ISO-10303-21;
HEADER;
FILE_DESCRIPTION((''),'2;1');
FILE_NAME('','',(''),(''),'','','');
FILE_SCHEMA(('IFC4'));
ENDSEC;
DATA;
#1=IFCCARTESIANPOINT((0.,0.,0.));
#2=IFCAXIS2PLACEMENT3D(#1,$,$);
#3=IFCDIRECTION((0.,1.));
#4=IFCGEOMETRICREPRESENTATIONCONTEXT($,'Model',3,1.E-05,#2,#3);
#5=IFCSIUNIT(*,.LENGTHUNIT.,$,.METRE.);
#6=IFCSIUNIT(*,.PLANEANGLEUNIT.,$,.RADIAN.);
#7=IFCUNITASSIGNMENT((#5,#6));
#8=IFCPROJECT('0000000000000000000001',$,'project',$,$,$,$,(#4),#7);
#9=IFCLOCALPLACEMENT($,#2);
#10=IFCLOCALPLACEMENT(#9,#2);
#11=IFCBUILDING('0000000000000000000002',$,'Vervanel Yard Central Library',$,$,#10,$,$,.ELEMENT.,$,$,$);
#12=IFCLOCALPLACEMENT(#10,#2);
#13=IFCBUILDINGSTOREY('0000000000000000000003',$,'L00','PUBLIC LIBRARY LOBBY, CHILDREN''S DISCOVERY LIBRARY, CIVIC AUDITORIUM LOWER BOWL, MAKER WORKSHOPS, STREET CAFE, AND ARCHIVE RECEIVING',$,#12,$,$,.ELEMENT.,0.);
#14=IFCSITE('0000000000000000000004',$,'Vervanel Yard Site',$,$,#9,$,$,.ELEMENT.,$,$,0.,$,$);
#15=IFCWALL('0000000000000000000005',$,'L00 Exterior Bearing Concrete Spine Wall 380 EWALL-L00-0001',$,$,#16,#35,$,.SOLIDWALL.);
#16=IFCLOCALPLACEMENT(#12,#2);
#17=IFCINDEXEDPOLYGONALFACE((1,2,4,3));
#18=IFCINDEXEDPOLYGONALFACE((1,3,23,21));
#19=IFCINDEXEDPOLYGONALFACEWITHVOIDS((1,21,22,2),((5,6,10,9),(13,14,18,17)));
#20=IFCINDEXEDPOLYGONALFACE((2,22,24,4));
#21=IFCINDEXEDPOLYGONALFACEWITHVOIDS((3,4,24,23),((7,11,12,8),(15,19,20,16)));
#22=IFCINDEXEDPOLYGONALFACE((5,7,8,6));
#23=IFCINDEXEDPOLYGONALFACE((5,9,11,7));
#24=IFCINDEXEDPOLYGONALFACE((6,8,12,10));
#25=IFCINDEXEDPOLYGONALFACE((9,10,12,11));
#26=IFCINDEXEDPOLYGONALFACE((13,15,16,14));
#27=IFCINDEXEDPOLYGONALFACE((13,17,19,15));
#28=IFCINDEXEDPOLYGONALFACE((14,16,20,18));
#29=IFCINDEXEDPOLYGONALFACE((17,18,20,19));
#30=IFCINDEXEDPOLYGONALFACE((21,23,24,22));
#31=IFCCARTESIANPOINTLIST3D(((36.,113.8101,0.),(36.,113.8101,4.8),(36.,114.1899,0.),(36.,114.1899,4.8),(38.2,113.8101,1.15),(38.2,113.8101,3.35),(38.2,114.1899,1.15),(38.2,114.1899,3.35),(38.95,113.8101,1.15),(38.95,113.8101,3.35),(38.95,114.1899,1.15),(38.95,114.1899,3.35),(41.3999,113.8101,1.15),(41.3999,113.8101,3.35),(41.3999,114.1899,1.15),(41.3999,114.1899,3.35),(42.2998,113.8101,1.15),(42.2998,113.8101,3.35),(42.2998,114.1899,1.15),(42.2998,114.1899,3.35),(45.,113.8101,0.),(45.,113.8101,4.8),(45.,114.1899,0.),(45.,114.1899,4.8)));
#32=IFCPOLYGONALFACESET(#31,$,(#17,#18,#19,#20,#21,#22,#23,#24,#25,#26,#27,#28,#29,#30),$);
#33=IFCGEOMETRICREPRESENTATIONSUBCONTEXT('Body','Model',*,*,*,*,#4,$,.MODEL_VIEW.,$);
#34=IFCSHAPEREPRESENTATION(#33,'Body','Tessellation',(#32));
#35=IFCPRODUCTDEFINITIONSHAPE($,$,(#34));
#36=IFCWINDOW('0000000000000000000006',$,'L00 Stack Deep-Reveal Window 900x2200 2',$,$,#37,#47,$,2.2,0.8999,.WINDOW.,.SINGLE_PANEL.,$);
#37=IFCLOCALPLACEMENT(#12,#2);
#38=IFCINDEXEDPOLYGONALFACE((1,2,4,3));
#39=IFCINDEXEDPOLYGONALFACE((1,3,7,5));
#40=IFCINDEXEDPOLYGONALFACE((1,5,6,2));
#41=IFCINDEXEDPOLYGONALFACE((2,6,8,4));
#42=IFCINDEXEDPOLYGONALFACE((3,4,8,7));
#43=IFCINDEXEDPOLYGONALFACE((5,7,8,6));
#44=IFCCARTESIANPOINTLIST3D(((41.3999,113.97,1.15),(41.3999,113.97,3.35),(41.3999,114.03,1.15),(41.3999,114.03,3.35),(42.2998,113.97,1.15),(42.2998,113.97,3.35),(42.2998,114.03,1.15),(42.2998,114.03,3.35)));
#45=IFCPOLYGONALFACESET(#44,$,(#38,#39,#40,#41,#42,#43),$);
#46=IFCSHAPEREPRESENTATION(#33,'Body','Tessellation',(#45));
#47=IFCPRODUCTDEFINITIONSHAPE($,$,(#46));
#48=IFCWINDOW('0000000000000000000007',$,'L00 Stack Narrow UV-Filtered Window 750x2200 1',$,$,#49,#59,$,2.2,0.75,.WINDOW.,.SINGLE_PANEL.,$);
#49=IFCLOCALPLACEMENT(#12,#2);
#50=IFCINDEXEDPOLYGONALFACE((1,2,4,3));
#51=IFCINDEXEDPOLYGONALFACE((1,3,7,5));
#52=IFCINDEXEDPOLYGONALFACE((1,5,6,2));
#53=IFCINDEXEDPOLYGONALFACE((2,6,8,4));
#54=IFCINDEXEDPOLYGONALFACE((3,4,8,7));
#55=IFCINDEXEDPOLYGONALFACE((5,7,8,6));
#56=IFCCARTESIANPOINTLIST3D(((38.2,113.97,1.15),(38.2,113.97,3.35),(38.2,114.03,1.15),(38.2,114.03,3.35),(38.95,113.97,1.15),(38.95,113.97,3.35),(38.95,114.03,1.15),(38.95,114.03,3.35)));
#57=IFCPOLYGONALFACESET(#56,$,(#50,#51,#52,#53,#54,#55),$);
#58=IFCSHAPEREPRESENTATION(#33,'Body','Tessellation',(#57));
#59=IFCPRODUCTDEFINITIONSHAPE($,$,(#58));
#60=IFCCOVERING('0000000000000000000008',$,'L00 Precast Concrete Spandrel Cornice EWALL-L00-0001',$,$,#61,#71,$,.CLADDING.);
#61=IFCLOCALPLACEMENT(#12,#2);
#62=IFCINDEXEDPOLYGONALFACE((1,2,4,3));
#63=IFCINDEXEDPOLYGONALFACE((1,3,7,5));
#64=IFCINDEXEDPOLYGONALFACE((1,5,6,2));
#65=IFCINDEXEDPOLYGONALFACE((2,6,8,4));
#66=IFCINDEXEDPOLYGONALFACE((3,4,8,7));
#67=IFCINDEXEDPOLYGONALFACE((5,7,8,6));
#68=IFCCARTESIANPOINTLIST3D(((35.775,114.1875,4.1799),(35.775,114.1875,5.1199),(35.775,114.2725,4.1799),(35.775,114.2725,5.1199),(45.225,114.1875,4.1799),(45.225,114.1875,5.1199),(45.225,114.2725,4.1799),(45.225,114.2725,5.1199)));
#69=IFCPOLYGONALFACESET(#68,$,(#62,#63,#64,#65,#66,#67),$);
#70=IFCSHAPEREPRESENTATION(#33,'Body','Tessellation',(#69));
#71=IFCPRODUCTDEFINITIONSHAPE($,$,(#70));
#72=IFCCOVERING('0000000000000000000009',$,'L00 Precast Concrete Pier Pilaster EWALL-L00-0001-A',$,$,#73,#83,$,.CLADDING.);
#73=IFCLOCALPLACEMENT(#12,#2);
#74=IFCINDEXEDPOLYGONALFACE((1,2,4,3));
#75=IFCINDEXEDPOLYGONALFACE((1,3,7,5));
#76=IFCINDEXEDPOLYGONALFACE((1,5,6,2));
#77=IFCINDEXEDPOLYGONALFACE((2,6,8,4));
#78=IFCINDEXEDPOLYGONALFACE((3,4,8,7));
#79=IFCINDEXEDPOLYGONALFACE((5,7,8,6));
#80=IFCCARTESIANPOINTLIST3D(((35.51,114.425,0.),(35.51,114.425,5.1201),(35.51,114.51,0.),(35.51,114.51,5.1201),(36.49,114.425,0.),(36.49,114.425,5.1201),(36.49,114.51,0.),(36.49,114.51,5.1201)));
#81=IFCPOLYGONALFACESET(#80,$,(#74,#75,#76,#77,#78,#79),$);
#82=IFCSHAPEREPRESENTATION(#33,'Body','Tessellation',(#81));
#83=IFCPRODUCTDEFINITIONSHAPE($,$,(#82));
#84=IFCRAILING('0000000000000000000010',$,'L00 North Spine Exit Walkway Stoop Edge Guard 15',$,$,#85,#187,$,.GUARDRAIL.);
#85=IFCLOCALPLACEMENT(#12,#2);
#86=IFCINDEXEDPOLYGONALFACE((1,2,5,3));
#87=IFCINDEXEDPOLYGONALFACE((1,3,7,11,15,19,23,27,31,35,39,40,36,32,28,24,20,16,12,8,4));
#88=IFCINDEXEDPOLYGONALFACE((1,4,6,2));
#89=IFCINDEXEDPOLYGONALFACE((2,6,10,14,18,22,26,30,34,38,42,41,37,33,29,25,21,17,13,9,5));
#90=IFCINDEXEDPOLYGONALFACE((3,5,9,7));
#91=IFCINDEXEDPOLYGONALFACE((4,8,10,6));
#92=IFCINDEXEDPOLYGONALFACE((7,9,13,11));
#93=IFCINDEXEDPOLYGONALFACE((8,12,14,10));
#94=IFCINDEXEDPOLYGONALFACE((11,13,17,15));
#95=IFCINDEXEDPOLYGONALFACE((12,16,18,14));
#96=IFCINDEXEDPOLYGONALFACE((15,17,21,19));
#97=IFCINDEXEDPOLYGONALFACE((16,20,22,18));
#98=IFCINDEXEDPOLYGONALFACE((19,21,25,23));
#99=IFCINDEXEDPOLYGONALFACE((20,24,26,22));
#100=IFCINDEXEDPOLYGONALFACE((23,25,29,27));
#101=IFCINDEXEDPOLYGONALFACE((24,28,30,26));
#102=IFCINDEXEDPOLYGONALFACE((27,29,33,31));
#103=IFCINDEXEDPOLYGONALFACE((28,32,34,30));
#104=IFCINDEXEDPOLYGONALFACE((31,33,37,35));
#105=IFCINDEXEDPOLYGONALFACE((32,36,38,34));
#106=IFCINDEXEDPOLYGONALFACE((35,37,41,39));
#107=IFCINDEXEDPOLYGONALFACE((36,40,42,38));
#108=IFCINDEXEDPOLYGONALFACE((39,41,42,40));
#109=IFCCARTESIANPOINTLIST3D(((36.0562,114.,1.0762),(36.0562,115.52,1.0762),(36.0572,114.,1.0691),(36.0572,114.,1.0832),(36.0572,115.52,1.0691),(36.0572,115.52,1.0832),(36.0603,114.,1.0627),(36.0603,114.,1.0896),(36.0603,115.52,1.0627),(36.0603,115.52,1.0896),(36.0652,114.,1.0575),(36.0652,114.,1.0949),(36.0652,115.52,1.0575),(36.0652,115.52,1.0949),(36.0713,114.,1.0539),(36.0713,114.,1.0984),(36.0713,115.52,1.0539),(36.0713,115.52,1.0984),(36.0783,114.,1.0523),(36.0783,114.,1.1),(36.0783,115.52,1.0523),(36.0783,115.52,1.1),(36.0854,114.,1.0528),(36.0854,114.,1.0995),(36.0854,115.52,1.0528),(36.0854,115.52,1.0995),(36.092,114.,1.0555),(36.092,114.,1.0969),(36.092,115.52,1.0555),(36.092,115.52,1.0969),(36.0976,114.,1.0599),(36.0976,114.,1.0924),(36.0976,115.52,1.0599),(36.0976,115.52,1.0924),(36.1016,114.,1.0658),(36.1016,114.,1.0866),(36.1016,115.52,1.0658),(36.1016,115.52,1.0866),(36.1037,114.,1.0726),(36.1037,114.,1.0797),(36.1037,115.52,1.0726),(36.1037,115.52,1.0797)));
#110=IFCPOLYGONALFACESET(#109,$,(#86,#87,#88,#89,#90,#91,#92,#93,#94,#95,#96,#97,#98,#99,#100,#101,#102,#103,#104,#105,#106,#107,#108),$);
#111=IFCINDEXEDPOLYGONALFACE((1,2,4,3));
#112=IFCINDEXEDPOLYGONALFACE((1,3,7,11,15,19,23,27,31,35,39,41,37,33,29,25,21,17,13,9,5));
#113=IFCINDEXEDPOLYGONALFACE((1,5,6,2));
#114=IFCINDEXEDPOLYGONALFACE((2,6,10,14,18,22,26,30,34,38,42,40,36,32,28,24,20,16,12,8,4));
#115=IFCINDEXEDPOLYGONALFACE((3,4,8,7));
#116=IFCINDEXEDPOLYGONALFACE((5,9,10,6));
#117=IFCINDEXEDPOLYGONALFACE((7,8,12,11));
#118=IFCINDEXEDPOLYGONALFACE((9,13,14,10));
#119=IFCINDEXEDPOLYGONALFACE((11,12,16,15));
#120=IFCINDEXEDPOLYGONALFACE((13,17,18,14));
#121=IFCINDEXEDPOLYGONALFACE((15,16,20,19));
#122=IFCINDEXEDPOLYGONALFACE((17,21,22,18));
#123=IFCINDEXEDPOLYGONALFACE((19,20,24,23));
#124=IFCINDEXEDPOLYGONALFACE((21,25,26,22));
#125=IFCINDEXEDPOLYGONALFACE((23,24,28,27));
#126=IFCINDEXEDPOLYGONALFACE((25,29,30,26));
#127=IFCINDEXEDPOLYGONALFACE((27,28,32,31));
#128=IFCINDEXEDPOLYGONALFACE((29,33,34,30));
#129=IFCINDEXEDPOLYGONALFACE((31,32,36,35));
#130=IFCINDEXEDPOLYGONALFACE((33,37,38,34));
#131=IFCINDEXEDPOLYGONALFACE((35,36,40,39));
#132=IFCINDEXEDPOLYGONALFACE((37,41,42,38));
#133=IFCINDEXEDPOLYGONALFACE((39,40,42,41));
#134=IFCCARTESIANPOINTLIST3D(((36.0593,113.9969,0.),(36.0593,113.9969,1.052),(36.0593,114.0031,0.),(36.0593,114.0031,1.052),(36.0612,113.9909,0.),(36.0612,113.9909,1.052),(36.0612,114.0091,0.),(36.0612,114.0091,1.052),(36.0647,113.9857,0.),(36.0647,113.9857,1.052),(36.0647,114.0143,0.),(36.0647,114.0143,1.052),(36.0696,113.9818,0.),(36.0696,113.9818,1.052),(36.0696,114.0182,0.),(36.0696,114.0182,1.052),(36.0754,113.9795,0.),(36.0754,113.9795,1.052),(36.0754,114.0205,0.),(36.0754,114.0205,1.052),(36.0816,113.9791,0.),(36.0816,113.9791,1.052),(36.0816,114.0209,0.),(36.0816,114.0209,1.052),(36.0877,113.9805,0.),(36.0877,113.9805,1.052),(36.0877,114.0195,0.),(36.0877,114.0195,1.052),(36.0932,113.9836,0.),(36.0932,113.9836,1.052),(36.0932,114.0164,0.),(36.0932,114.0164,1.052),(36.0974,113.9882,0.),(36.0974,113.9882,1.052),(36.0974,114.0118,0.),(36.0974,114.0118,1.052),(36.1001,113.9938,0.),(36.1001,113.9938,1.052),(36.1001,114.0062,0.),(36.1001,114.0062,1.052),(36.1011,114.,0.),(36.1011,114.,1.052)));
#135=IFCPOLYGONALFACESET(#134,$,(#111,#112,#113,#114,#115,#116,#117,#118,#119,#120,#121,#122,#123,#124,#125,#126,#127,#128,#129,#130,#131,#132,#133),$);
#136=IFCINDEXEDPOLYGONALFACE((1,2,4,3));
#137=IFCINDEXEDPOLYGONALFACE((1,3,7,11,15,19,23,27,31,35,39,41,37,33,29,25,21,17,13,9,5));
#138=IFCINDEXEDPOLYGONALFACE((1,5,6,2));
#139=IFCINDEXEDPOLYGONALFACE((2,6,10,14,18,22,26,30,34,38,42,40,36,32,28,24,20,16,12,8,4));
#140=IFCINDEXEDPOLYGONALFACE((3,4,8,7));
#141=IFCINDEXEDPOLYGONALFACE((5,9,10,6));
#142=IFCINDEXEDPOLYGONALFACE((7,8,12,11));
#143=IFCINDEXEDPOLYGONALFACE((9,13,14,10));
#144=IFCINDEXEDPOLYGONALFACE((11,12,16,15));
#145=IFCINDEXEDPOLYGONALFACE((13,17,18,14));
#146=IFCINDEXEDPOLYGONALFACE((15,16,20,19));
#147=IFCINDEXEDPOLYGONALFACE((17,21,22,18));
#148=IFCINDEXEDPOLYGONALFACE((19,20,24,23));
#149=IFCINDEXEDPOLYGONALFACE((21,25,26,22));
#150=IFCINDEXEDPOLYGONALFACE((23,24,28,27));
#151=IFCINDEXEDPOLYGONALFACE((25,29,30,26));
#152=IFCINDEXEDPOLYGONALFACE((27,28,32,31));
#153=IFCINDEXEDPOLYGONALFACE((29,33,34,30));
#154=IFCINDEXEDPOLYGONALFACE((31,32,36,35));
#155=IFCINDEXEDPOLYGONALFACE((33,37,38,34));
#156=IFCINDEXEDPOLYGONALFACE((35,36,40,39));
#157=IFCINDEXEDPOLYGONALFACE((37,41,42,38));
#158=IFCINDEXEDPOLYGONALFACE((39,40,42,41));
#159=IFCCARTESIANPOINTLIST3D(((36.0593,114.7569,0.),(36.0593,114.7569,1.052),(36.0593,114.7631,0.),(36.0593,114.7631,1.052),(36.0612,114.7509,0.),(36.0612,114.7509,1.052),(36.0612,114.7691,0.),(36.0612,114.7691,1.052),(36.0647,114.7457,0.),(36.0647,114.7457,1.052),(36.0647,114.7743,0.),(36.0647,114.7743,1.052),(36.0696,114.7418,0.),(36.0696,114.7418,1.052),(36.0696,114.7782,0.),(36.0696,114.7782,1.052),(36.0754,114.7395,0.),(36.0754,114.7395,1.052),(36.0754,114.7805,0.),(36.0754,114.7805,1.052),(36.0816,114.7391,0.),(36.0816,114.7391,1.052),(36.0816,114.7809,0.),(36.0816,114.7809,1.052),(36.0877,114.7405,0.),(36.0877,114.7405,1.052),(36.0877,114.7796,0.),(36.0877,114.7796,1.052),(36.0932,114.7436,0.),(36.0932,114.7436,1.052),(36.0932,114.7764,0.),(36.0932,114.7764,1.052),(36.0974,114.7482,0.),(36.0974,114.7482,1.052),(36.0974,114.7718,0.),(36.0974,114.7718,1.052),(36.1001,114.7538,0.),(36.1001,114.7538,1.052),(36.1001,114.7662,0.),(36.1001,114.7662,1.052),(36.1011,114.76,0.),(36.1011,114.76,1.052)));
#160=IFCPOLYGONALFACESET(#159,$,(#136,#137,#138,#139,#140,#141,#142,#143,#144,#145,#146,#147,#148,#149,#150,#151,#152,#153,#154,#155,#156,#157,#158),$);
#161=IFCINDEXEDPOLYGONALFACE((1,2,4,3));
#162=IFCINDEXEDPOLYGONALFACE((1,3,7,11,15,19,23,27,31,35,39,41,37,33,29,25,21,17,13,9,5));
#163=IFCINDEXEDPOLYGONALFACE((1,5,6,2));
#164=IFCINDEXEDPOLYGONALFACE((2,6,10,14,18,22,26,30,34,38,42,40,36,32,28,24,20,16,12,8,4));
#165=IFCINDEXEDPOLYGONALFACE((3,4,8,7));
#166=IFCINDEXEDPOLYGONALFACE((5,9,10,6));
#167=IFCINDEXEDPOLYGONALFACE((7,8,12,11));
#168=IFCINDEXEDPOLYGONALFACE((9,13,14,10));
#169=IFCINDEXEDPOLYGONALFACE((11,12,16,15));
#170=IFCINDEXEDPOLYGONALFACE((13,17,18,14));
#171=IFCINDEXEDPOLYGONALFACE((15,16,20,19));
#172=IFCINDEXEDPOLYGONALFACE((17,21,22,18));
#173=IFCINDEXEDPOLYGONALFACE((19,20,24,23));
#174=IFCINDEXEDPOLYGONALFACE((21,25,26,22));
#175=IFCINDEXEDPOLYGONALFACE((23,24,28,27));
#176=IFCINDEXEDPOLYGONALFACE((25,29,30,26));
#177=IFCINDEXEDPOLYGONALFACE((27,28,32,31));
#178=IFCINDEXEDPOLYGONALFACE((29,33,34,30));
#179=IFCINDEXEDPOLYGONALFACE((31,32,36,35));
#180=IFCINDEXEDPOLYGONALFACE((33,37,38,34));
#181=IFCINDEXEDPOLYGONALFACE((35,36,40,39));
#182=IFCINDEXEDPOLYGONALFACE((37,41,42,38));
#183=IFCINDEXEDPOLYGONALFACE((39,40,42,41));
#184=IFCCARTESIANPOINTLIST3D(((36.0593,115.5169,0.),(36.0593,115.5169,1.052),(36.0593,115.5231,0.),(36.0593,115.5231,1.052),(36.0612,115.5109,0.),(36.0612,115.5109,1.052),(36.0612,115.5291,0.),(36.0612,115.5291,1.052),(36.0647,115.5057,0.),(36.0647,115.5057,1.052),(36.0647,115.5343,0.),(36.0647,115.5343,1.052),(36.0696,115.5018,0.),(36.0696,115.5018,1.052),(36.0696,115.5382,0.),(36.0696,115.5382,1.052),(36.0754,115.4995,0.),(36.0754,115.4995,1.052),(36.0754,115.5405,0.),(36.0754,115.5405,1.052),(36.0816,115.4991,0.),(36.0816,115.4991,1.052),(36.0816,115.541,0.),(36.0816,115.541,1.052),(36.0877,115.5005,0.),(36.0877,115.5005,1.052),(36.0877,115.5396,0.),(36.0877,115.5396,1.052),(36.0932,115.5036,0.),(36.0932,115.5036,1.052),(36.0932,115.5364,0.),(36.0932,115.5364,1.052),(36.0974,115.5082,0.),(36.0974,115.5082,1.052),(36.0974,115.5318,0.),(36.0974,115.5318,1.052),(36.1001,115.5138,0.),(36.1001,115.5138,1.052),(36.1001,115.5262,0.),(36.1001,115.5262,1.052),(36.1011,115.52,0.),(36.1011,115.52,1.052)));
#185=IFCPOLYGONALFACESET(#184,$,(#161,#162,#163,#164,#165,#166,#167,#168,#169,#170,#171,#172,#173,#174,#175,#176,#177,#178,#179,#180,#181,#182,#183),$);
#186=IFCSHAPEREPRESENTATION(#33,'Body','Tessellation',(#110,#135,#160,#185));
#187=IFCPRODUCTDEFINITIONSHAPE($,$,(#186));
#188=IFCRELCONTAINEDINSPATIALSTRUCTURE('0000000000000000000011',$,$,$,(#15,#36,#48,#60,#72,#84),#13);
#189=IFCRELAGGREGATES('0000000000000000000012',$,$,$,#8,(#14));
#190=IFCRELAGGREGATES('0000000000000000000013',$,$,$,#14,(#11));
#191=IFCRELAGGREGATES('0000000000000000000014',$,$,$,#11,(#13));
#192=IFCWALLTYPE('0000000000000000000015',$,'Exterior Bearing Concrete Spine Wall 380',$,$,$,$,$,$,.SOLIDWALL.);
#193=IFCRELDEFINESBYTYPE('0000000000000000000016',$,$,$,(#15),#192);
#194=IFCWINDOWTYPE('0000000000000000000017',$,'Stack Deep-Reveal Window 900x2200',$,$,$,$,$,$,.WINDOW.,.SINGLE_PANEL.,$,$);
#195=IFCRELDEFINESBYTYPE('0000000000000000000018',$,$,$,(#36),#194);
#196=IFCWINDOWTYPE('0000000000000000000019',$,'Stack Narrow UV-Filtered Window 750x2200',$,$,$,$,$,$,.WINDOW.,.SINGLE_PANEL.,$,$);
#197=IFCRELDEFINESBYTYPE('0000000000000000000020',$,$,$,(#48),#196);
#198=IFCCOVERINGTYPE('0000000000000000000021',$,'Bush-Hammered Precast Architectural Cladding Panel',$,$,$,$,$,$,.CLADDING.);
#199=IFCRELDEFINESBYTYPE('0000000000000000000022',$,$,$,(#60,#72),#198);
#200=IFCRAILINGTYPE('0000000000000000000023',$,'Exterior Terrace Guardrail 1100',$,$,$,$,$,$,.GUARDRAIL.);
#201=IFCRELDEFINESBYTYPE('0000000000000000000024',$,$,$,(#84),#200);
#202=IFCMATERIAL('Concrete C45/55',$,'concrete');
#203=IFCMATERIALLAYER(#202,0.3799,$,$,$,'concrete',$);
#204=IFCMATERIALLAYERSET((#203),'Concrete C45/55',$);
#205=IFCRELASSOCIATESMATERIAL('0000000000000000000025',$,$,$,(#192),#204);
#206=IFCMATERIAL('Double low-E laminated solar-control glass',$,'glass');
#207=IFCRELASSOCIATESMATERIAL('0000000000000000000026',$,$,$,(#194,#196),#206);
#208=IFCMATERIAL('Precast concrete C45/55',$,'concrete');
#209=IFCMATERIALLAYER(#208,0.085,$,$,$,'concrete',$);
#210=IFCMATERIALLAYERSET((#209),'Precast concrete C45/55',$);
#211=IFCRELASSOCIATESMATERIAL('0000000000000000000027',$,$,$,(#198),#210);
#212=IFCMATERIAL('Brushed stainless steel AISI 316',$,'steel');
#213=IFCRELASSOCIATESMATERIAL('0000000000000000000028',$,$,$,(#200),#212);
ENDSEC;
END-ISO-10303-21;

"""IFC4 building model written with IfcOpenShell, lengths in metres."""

from ifc_helpers import new_model, si_unit, direction, frame, frame_2d, origin, origin_2d, place, context, subcontext, project, spatial, rectangle, circle, extrude, material, layer, layer_set, type_object, element, fill, save


model = new_model("IFC4")

# Units and contexts
model_context = context("Model", 3, precision=1e-05, world=origin(), true_north=direction((0.0, 1.0)))
body_context = subcontext(model_context, "Body", "Model", "MODEL_VIEW")
ifc_project = project(units=[si_unit("LENGTHUNIT", "METRE"), si_unit("PLANEANGLEUNIT", "RADIAN")], contexts=[model_context])

# Site, building, storey
site_placement = place(None, origin())
site = spatial("IfcSite", under=ifc_project, at=site_placement, Name="Vervanel Yard Site", CompositionType="ELEMENT", RefElevation=0.0)
building_placement = place(site_placement, origin())
building = spatial("IfcBuilding", under=site, at=building_placement, Name="Vervanel Yard Central Library", CompositionType="ELEMENT")
storey_placement = place(building_placement, origin())
storey = spatial("IfcBuildingStorey", under=building, at=storey_placement, Name="L00", Description="PUBLIC LIBRARY LOBBY, CHILDREN'S DISCOVERY LIBRARY, CIVIC AUDITORIUM LOWER BOWL, MAKER WORKSHOPS, STREET CAFE, AND ARCHIVE RECEIVING", CompositionType="ELEMENT", Elevation=0.0)

# Shared definitions
ifc_material_1 = material(Name="Concrete C45/55", Category="concrete")

# Wall, openings, windows
ifc_layer_1 = layer(ifc_material_1, 0.3799, Category="concrete")
ifc_layer_set_1 = layer_set([ifc_layer_1], Name="Concrete C45/55")
wall_type = type_object("IfcWallType", Name="Exterior Bearing Concrete Spine Wall 380", PredefinedType="SOLIDWALL", material=ifc_layer_set_1)
wall_placement = place(storey_placement, frame((36.0, 114.0, 0.0), z_axis=(0.0, 0.0, 1.0), x_axis=(1.0, 0.0, 0.0)))
wall = element("IfcWall", 1, at=wall_placement, inside=storey, type_object=wall_type, Name="L00 Exterior Bearing Concrete Spine Wall 380 EWALL-L00-0001", PredefinedType="SOLIDWALL", context=body_context, shape_type="SweptSolid", body=[
    extrude(rectangle(XDim=9.0, YDim=0.3799, at=frame_2d((4.5, 0.0))), origin(), (0.0, 0.0, 1.0), 4.8),
])
opening_1_placement = place(wall_placement, frame((2.2, 0.0, 1.1499)))
opening_1 = element("IfcOpeningElement", 2, at=opening_1_placement, cuts=wall, PredefinedType="OPENING", context=body_context, shape_type="SweptSolid", body=[
    extrude(rectangle(XDim=0.75, YDim=2.2, at=frame_2d((0.375, 1.1001))), frame((0.0, 0.2, 0.0), z_axis=(0.0, -1.0, 0.0), x_axis=(1.0, 0.0, 0.0)), (0.0, 0.0, 1.0), 0.3999),
])
opening_2_placement = place(wall_placement, frame((5.3999, 0.0, 1.1499)))
opening_2 = element("IfcOpeningElement", 3, at=opening_2_placement, cuts=wall, PredefinedType="OPENING", context=body_context, shape_type="SweptSolid", body=[
    extrude(rectangle(XDim=0.8999, YDim=2.2, at=frame_2d((0.45, 1.1001))), frame((0.0, 0.2, 0.0), z_axis=(0.0, -1.0, 0.0), x_axis=(1.0, 0.0, 0.0)), (0.0, 0.0, 1.0), 0.3999),
])
ifc_material_2 = material(Name="Double low-E laminated solar-control glass", Category="glass")
window_type_1 = type_object("IfcWindowType", Name="Stack Deep-Reveal Window 900x2200", PartitioningType="SINGLE_PANEL", PredefinedType="WINDOW", material=ifc_material_2)
window_1_placement = place(opening_2_placement, origin())
window_1 = element("IfcWindow", 4, at=window_1_placement, inside=storey, type_object=window_type_1, Name="L00 Stack Deep-Reveal Window 900x2200 2", OverallHeight=2.2, OverallWidth=0.8999, PartitioningType="SINGLE_PANEL", PredefinedType="WINDOW", context=body_context, shape_type="SweptSolid", body=[
    extrude(rectangle(XDim=0.8999, YDim=2.2, at=frame_2d((0.45, 1.1001))), frame((0.0, 0.03, 0.0), z_axis=(0.0, -1.0, 0.0), x_axis=(1.0, 0.0, 0.0)), (0.0, 0.0, 1.0), 0.0601),
])
fill(opening_2, window_1)
window_type_2 = type_object("IfcWindowType", Name="Stack Narrow UV-Filtered Window 750x2200", PartitioningType="SINGLE_PANEL", PredefinedType="WINDOW", material=ifc_material_2)
window_2_placement = place(opening_1_placement, origin())
window_2 = element("IfcWindow", 5, at=window_2_placement, inside=storey, type_object=window_type_2, Name="L00 Stack Narrow UV-Filtered Window 750x2200 1", OverallHeight=2.2, OverallWidth=0.75, PartitioningType="SINGLE_PANEL", PredefinedType="WINDOW", context=body_context, shape_type="SweptSolid", body=[
    extrude(rectangle(XDim=0.75, YDim=2.2, at=frame_2d((0.375, 1.1001))), frame((0.0, 0.03, 0.0), z_axis=(0.0, -1.0, 0.0), x_axis=(1.0, 0.0, 0.0)), (0.0, 0.0, 1.0), 0.0601),
])
fill(opening_1, window_2)

# Coverings
ifc_material_3 = material(Name="Precast concrete C45/55", Category="concrete")
ifc_layer_2 = layer(ifc_material_3, 0.085, Category="concrete")
ifc_layer_set_2 = layer_set([ifc_layer_2], Name="Precast concrete C45/55")
covering_type = type_object("IfcCoveringType", Name="Bush-Hammered Precast Architectural Cladding Panel", PredefinedType="CLADDING", material=ifc_layer_set_2)
covering_1_placement = place(storey_placement, frame((40.5, 114.23, 4.1799), z_axis=(0.0, 0.0, 1.0), x_axis=(1.0, 0.0, 0.0)))
element("IfcCovering", 6, at=covering_1_placement, inside=storey, type_object=covering_type, Name="L00 Precast Concrete Spandrel Cornice EWALL-L00-0001", PredefinedType="CLADDING", context=body_context, shape_type="SweptSolid", body=[
    extrude(rectangle(XDim=9.45, YDim=0.085, at=origin_2d()), origin(), (0.0, 0.0, 1.0), 0.9399),
])
covering_2_placement = place(storey_placement, frame((36.0, 114.4675, 0.0), z_axis=(0.0, 0.0, 1.0), x_axis=(1.0, 0.0, 0.0)))
element("IfcCovering", 7, at=covering_2_placement, inside=storey, type_object=covering_type, Name="L00 Precast Concrete Pier Pilaster EWALL-L00-0001-A", PredefinedType="CLADDING", context=body_context, shape_type="SweptSolid", body=[
    extrude(rectangle(XDim=0.98, YDim=0.085, at=origin_2d()), origin(), (0.0, 0.0, 1.0), 5.1201),
])

# Railing
ifc_material_4 = material(Name="Brushed stainless steel AISI 316", Category="steel")
railing_type = type_object("IfcRailingType", Name="Exterior Terrace Guardrail 1100", PredefinedType="GUARDRAIL", material=ifc_material_4)
railing_1_placement = place(storey_placement, frame((36.0801, 114.0, 0.0)))
element("IfcRailing", 8, at=railing_1_placement, inside=storey, type_object=railing_type, Name="L00 North Spine Exit Walkway Stoop Edge Guard 15", PredefinedType="GUARDRAIL", context=body_context, shape_type="SweptSolid", body=[
    extrude(circle(Radius=0.0239, at=origin_2d()), frame((0.0, 0.0, 1.0762), z_axis=(0.0, 1.0, 0.0), x_axis=(-1.0, 0.0, 0.0)), (0.0, 0.0, 1.0), 1.52),
    extrude(circle(Radius=0.021, at=origin_2d()), origin(), (0.0, 0.0, 1.0), 1.052),
    extrude(circle(Radius=0.021, at=origin_2d()), frame((0.0, 0.76, 0.0)), (0.0, 0.0, 1.0), 1.052),
    extrude(circle(Radius=0.021, at=origin_2d()), frame((0.0, 1.52, 0.0)), (0.0, 0.0, 1.0), 1.052),
])

save(model, "model.ifc")
